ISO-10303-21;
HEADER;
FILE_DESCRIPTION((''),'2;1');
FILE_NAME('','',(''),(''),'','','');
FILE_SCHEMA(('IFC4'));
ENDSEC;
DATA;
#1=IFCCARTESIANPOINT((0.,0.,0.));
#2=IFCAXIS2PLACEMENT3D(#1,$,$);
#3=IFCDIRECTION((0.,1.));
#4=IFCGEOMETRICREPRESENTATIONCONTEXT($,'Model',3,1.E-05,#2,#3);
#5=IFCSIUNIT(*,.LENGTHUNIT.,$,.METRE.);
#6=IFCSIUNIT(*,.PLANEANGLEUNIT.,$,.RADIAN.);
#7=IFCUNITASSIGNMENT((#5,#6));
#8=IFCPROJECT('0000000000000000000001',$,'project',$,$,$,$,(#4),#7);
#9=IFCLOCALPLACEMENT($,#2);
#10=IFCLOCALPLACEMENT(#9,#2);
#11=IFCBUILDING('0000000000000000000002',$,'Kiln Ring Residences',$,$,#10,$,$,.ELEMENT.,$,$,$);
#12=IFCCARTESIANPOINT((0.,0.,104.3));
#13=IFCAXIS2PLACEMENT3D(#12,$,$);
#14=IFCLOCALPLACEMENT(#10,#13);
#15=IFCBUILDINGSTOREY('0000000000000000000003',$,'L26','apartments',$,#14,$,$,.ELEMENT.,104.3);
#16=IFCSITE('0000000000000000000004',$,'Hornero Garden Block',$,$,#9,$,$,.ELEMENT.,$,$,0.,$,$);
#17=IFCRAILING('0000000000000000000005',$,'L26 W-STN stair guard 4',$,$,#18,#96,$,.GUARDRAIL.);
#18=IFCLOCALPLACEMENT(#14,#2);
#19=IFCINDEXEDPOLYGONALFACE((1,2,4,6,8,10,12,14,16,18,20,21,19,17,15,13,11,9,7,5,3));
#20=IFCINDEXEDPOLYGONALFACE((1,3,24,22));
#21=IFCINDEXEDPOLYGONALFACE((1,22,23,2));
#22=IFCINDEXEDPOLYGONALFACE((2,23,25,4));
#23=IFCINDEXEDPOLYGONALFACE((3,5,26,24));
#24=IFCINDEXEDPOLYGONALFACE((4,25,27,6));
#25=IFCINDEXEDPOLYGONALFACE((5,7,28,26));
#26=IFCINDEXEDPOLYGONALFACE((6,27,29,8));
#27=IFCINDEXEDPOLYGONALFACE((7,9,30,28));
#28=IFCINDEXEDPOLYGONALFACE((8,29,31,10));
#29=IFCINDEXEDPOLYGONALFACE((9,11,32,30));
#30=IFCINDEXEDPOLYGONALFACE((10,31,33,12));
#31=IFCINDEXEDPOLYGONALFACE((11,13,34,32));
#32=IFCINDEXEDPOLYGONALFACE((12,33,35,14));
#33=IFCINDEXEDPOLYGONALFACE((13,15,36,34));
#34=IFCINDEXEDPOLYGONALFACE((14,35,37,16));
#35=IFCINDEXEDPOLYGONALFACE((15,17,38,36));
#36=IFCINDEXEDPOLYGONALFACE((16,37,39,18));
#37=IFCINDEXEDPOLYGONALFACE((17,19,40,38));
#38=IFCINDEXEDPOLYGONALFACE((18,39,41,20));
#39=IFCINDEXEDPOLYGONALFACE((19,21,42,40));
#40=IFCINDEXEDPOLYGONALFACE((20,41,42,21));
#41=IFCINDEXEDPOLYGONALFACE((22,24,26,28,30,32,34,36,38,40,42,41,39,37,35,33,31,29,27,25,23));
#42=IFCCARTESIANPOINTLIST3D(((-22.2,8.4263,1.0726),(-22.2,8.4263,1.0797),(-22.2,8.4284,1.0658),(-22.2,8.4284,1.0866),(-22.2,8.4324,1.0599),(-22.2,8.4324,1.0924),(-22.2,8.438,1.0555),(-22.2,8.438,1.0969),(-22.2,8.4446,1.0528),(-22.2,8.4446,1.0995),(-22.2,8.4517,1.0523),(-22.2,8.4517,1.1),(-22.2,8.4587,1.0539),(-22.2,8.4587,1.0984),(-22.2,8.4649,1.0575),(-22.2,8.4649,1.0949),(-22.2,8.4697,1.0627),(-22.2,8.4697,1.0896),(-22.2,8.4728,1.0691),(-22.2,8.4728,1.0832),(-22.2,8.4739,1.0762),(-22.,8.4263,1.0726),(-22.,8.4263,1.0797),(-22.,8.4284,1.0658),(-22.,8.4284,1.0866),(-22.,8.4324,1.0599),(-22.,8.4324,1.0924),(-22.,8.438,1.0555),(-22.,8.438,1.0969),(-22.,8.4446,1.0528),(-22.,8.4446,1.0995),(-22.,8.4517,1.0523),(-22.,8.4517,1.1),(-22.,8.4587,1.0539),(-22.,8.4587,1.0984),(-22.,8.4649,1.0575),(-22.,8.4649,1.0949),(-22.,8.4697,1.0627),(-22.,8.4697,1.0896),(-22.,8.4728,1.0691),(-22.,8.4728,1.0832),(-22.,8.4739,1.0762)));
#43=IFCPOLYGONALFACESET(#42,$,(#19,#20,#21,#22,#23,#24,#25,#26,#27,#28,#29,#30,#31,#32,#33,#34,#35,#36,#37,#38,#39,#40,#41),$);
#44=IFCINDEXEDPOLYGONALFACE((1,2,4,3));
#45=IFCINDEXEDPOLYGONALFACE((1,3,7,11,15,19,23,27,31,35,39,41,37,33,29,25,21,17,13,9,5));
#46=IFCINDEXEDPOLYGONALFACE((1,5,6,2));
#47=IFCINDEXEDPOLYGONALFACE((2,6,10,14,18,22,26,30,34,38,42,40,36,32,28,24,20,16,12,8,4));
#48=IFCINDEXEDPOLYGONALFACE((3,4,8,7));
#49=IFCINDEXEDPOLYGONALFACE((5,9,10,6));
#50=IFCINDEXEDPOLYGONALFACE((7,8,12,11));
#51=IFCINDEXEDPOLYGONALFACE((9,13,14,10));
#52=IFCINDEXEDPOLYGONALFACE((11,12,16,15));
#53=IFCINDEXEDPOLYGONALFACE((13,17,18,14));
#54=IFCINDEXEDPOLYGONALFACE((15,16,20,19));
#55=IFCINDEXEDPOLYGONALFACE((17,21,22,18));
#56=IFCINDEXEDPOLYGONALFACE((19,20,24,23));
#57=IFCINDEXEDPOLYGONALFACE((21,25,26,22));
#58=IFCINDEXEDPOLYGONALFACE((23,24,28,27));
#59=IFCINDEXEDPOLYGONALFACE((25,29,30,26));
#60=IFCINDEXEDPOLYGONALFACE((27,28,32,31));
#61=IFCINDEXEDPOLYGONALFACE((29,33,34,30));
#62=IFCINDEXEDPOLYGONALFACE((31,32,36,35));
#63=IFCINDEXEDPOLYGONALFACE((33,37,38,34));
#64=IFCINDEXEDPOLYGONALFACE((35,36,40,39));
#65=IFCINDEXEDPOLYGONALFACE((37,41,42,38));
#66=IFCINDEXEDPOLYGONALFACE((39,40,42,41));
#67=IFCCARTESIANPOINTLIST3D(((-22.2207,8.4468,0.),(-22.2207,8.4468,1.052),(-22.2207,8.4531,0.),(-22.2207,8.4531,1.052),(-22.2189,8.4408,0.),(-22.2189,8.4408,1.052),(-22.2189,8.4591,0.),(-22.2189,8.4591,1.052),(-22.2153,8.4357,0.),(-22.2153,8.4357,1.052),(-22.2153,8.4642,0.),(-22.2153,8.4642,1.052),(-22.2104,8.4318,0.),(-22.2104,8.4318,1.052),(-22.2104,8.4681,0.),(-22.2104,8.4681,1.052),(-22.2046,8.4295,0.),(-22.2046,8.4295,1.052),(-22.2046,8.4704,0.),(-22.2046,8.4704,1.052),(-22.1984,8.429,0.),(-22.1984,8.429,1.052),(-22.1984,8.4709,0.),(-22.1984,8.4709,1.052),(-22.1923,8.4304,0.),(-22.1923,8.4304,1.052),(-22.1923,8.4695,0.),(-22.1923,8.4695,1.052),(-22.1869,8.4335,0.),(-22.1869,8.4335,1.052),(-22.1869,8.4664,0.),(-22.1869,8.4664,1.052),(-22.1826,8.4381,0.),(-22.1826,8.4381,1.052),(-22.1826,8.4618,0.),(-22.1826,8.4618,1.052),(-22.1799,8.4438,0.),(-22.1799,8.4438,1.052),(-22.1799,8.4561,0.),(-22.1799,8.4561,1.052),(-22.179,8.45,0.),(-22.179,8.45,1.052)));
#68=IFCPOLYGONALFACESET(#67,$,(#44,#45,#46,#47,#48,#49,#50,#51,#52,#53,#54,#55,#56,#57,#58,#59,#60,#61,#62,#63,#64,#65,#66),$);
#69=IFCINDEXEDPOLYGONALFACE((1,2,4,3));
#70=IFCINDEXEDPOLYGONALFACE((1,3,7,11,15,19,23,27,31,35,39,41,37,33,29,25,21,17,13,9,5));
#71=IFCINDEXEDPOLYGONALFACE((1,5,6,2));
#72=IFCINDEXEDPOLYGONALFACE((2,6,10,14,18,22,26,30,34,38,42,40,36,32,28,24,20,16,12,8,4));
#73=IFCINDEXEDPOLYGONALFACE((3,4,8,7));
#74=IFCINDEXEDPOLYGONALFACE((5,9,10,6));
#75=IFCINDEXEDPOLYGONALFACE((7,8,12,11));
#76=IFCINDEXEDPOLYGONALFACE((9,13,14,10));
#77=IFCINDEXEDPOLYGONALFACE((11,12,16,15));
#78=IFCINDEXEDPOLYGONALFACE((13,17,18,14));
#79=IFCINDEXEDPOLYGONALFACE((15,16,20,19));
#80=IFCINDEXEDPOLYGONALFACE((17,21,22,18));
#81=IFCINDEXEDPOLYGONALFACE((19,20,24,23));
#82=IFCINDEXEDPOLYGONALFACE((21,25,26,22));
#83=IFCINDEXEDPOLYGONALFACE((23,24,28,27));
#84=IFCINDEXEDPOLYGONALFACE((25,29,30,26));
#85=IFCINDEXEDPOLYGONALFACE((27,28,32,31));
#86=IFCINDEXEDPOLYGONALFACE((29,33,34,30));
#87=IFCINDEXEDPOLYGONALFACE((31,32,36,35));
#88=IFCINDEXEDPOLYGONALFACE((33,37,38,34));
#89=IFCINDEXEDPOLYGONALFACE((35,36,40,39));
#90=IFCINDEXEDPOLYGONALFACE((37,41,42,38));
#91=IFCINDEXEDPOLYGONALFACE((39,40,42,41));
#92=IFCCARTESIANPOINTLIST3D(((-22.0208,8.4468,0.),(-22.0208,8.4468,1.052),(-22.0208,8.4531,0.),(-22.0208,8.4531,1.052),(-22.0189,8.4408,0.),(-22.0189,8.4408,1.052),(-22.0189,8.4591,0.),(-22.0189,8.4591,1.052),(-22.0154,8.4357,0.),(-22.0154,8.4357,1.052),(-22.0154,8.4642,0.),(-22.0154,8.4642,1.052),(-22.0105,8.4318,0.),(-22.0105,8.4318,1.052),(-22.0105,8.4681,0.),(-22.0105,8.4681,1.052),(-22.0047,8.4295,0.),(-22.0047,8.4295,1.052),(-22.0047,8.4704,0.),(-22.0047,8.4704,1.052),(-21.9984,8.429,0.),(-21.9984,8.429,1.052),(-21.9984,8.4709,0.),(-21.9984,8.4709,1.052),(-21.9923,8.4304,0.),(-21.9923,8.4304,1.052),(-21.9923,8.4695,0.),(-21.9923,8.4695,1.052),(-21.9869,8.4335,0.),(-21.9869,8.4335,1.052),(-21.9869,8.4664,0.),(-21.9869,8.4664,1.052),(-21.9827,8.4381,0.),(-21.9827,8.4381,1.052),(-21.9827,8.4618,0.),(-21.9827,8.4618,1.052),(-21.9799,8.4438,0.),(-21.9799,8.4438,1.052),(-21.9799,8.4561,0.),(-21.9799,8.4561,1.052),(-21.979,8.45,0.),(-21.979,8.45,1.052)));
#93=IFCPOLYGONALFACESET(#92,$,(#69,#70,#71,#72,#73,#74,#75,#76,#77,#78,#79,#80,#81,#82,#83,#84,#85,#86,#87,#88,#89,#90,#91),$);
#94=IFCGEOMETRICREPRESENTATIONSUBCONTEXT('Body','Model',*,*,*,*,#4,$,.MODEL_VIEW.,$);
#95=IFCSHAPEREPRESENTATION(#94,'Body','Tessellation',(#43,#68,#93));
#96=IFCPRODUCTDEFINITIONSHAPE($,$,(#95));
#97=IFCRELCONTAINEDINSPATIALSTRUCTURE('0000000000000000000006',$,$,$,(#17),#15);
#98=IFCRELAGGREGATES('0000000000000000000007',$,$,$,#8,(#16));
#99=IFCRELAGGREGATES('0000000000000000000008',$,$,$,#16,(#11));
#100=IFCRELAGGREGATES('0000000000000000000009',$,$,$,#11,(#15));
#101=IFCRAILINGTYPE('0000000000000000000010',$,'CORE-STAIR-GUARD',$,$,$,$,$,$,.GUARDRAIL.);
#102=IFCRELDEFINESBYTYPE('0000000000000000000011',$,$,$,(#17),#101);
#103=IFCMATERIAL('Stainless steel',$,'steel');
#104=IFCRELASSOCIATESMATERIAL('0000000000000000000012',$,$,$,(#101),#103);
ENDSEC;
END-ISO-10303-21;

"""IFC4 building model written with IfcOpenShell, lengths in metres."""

from ifc_helpers import new_model, si_unit, direction, frame, origin, origin_2d, place, context, subcontext, project, spatial, circle, extrude, material, type_object, element, save


model = new_model("IFC4")

# Units and contexts
model_context = context("Model", 3, precision=1e-05, world=origin(), true_north=direction((0.0, 1.0)))
body_context = subcontext(model_context, "Body", "Model", "MODEL_VIEW")
ifc_project = project(units=[si_unit("LENGTHUNIT", "METRE"), si_unit("PLANEANGLEUNIT", "RADIAN")], contexts=[model_context])

# Site, building, storey
site_placement = place(None, origin())
site = spatial("IfcSite", under=ifc_project, at=site_placement, Name="Hornero Garden Block", CompositionType="ELEMENT", RefElevation=0.0)
building_placement = place(site_placement, origin())
building = spatial("IfcBuilding", under=site, at=building_placement, Name="Kiln Ring Residences", CompositionType="ELEMENT")
storey_placement = place(building_placement, frame((0.0, 0.0, 104.3)))
storey = spatial("IfcBuildingStorey", under=building, at=storey_placement, Name="L26", Description="apartments", CompositionType="ELEMENT", Elevation=104.3)

# Railing
ifc_material_1 = material(Name="Stainless steel", Category="steel")
railing_type_1 = type_object("IfcRailingType", Name="CORE-STAIR-GUARD", PredefinedType="GUARDRAIL", material=ifc_material_1)
railing_1_placement = place(storey_placement, frame((-22.2, 8.45, 0.0)))
element("IfcRailing", 1, at=railing_1_placement, inside=storey, type_object=railing_type_1, Name="L26 W-STN stair guard 4", PredefinedType="GUARDRAIL", context=body_context, shape_type="SweptSolid", body=[
    extrude(circle(Radius=0.0239, at=origin_2d()), frame((0.0, 0.0, 1.0762), z_axis=(1.0, 0.0, 0.0), x_axis=(0.0, 1.0, 0.0)), (0.0, 0.0, 1.0), 0.2),
    extrude(circle(Radius=0.021, at=origin_2d()), origin(), (0.0, 0.0, 1.0), 1.052),
    extrude(circle(Radius=0.021, at=origin_2d()), frame((0.2, 0.0, 0.0)), (0.0, 0.0, 1.0), 1.052),
])

save(model, "model.ifc")
